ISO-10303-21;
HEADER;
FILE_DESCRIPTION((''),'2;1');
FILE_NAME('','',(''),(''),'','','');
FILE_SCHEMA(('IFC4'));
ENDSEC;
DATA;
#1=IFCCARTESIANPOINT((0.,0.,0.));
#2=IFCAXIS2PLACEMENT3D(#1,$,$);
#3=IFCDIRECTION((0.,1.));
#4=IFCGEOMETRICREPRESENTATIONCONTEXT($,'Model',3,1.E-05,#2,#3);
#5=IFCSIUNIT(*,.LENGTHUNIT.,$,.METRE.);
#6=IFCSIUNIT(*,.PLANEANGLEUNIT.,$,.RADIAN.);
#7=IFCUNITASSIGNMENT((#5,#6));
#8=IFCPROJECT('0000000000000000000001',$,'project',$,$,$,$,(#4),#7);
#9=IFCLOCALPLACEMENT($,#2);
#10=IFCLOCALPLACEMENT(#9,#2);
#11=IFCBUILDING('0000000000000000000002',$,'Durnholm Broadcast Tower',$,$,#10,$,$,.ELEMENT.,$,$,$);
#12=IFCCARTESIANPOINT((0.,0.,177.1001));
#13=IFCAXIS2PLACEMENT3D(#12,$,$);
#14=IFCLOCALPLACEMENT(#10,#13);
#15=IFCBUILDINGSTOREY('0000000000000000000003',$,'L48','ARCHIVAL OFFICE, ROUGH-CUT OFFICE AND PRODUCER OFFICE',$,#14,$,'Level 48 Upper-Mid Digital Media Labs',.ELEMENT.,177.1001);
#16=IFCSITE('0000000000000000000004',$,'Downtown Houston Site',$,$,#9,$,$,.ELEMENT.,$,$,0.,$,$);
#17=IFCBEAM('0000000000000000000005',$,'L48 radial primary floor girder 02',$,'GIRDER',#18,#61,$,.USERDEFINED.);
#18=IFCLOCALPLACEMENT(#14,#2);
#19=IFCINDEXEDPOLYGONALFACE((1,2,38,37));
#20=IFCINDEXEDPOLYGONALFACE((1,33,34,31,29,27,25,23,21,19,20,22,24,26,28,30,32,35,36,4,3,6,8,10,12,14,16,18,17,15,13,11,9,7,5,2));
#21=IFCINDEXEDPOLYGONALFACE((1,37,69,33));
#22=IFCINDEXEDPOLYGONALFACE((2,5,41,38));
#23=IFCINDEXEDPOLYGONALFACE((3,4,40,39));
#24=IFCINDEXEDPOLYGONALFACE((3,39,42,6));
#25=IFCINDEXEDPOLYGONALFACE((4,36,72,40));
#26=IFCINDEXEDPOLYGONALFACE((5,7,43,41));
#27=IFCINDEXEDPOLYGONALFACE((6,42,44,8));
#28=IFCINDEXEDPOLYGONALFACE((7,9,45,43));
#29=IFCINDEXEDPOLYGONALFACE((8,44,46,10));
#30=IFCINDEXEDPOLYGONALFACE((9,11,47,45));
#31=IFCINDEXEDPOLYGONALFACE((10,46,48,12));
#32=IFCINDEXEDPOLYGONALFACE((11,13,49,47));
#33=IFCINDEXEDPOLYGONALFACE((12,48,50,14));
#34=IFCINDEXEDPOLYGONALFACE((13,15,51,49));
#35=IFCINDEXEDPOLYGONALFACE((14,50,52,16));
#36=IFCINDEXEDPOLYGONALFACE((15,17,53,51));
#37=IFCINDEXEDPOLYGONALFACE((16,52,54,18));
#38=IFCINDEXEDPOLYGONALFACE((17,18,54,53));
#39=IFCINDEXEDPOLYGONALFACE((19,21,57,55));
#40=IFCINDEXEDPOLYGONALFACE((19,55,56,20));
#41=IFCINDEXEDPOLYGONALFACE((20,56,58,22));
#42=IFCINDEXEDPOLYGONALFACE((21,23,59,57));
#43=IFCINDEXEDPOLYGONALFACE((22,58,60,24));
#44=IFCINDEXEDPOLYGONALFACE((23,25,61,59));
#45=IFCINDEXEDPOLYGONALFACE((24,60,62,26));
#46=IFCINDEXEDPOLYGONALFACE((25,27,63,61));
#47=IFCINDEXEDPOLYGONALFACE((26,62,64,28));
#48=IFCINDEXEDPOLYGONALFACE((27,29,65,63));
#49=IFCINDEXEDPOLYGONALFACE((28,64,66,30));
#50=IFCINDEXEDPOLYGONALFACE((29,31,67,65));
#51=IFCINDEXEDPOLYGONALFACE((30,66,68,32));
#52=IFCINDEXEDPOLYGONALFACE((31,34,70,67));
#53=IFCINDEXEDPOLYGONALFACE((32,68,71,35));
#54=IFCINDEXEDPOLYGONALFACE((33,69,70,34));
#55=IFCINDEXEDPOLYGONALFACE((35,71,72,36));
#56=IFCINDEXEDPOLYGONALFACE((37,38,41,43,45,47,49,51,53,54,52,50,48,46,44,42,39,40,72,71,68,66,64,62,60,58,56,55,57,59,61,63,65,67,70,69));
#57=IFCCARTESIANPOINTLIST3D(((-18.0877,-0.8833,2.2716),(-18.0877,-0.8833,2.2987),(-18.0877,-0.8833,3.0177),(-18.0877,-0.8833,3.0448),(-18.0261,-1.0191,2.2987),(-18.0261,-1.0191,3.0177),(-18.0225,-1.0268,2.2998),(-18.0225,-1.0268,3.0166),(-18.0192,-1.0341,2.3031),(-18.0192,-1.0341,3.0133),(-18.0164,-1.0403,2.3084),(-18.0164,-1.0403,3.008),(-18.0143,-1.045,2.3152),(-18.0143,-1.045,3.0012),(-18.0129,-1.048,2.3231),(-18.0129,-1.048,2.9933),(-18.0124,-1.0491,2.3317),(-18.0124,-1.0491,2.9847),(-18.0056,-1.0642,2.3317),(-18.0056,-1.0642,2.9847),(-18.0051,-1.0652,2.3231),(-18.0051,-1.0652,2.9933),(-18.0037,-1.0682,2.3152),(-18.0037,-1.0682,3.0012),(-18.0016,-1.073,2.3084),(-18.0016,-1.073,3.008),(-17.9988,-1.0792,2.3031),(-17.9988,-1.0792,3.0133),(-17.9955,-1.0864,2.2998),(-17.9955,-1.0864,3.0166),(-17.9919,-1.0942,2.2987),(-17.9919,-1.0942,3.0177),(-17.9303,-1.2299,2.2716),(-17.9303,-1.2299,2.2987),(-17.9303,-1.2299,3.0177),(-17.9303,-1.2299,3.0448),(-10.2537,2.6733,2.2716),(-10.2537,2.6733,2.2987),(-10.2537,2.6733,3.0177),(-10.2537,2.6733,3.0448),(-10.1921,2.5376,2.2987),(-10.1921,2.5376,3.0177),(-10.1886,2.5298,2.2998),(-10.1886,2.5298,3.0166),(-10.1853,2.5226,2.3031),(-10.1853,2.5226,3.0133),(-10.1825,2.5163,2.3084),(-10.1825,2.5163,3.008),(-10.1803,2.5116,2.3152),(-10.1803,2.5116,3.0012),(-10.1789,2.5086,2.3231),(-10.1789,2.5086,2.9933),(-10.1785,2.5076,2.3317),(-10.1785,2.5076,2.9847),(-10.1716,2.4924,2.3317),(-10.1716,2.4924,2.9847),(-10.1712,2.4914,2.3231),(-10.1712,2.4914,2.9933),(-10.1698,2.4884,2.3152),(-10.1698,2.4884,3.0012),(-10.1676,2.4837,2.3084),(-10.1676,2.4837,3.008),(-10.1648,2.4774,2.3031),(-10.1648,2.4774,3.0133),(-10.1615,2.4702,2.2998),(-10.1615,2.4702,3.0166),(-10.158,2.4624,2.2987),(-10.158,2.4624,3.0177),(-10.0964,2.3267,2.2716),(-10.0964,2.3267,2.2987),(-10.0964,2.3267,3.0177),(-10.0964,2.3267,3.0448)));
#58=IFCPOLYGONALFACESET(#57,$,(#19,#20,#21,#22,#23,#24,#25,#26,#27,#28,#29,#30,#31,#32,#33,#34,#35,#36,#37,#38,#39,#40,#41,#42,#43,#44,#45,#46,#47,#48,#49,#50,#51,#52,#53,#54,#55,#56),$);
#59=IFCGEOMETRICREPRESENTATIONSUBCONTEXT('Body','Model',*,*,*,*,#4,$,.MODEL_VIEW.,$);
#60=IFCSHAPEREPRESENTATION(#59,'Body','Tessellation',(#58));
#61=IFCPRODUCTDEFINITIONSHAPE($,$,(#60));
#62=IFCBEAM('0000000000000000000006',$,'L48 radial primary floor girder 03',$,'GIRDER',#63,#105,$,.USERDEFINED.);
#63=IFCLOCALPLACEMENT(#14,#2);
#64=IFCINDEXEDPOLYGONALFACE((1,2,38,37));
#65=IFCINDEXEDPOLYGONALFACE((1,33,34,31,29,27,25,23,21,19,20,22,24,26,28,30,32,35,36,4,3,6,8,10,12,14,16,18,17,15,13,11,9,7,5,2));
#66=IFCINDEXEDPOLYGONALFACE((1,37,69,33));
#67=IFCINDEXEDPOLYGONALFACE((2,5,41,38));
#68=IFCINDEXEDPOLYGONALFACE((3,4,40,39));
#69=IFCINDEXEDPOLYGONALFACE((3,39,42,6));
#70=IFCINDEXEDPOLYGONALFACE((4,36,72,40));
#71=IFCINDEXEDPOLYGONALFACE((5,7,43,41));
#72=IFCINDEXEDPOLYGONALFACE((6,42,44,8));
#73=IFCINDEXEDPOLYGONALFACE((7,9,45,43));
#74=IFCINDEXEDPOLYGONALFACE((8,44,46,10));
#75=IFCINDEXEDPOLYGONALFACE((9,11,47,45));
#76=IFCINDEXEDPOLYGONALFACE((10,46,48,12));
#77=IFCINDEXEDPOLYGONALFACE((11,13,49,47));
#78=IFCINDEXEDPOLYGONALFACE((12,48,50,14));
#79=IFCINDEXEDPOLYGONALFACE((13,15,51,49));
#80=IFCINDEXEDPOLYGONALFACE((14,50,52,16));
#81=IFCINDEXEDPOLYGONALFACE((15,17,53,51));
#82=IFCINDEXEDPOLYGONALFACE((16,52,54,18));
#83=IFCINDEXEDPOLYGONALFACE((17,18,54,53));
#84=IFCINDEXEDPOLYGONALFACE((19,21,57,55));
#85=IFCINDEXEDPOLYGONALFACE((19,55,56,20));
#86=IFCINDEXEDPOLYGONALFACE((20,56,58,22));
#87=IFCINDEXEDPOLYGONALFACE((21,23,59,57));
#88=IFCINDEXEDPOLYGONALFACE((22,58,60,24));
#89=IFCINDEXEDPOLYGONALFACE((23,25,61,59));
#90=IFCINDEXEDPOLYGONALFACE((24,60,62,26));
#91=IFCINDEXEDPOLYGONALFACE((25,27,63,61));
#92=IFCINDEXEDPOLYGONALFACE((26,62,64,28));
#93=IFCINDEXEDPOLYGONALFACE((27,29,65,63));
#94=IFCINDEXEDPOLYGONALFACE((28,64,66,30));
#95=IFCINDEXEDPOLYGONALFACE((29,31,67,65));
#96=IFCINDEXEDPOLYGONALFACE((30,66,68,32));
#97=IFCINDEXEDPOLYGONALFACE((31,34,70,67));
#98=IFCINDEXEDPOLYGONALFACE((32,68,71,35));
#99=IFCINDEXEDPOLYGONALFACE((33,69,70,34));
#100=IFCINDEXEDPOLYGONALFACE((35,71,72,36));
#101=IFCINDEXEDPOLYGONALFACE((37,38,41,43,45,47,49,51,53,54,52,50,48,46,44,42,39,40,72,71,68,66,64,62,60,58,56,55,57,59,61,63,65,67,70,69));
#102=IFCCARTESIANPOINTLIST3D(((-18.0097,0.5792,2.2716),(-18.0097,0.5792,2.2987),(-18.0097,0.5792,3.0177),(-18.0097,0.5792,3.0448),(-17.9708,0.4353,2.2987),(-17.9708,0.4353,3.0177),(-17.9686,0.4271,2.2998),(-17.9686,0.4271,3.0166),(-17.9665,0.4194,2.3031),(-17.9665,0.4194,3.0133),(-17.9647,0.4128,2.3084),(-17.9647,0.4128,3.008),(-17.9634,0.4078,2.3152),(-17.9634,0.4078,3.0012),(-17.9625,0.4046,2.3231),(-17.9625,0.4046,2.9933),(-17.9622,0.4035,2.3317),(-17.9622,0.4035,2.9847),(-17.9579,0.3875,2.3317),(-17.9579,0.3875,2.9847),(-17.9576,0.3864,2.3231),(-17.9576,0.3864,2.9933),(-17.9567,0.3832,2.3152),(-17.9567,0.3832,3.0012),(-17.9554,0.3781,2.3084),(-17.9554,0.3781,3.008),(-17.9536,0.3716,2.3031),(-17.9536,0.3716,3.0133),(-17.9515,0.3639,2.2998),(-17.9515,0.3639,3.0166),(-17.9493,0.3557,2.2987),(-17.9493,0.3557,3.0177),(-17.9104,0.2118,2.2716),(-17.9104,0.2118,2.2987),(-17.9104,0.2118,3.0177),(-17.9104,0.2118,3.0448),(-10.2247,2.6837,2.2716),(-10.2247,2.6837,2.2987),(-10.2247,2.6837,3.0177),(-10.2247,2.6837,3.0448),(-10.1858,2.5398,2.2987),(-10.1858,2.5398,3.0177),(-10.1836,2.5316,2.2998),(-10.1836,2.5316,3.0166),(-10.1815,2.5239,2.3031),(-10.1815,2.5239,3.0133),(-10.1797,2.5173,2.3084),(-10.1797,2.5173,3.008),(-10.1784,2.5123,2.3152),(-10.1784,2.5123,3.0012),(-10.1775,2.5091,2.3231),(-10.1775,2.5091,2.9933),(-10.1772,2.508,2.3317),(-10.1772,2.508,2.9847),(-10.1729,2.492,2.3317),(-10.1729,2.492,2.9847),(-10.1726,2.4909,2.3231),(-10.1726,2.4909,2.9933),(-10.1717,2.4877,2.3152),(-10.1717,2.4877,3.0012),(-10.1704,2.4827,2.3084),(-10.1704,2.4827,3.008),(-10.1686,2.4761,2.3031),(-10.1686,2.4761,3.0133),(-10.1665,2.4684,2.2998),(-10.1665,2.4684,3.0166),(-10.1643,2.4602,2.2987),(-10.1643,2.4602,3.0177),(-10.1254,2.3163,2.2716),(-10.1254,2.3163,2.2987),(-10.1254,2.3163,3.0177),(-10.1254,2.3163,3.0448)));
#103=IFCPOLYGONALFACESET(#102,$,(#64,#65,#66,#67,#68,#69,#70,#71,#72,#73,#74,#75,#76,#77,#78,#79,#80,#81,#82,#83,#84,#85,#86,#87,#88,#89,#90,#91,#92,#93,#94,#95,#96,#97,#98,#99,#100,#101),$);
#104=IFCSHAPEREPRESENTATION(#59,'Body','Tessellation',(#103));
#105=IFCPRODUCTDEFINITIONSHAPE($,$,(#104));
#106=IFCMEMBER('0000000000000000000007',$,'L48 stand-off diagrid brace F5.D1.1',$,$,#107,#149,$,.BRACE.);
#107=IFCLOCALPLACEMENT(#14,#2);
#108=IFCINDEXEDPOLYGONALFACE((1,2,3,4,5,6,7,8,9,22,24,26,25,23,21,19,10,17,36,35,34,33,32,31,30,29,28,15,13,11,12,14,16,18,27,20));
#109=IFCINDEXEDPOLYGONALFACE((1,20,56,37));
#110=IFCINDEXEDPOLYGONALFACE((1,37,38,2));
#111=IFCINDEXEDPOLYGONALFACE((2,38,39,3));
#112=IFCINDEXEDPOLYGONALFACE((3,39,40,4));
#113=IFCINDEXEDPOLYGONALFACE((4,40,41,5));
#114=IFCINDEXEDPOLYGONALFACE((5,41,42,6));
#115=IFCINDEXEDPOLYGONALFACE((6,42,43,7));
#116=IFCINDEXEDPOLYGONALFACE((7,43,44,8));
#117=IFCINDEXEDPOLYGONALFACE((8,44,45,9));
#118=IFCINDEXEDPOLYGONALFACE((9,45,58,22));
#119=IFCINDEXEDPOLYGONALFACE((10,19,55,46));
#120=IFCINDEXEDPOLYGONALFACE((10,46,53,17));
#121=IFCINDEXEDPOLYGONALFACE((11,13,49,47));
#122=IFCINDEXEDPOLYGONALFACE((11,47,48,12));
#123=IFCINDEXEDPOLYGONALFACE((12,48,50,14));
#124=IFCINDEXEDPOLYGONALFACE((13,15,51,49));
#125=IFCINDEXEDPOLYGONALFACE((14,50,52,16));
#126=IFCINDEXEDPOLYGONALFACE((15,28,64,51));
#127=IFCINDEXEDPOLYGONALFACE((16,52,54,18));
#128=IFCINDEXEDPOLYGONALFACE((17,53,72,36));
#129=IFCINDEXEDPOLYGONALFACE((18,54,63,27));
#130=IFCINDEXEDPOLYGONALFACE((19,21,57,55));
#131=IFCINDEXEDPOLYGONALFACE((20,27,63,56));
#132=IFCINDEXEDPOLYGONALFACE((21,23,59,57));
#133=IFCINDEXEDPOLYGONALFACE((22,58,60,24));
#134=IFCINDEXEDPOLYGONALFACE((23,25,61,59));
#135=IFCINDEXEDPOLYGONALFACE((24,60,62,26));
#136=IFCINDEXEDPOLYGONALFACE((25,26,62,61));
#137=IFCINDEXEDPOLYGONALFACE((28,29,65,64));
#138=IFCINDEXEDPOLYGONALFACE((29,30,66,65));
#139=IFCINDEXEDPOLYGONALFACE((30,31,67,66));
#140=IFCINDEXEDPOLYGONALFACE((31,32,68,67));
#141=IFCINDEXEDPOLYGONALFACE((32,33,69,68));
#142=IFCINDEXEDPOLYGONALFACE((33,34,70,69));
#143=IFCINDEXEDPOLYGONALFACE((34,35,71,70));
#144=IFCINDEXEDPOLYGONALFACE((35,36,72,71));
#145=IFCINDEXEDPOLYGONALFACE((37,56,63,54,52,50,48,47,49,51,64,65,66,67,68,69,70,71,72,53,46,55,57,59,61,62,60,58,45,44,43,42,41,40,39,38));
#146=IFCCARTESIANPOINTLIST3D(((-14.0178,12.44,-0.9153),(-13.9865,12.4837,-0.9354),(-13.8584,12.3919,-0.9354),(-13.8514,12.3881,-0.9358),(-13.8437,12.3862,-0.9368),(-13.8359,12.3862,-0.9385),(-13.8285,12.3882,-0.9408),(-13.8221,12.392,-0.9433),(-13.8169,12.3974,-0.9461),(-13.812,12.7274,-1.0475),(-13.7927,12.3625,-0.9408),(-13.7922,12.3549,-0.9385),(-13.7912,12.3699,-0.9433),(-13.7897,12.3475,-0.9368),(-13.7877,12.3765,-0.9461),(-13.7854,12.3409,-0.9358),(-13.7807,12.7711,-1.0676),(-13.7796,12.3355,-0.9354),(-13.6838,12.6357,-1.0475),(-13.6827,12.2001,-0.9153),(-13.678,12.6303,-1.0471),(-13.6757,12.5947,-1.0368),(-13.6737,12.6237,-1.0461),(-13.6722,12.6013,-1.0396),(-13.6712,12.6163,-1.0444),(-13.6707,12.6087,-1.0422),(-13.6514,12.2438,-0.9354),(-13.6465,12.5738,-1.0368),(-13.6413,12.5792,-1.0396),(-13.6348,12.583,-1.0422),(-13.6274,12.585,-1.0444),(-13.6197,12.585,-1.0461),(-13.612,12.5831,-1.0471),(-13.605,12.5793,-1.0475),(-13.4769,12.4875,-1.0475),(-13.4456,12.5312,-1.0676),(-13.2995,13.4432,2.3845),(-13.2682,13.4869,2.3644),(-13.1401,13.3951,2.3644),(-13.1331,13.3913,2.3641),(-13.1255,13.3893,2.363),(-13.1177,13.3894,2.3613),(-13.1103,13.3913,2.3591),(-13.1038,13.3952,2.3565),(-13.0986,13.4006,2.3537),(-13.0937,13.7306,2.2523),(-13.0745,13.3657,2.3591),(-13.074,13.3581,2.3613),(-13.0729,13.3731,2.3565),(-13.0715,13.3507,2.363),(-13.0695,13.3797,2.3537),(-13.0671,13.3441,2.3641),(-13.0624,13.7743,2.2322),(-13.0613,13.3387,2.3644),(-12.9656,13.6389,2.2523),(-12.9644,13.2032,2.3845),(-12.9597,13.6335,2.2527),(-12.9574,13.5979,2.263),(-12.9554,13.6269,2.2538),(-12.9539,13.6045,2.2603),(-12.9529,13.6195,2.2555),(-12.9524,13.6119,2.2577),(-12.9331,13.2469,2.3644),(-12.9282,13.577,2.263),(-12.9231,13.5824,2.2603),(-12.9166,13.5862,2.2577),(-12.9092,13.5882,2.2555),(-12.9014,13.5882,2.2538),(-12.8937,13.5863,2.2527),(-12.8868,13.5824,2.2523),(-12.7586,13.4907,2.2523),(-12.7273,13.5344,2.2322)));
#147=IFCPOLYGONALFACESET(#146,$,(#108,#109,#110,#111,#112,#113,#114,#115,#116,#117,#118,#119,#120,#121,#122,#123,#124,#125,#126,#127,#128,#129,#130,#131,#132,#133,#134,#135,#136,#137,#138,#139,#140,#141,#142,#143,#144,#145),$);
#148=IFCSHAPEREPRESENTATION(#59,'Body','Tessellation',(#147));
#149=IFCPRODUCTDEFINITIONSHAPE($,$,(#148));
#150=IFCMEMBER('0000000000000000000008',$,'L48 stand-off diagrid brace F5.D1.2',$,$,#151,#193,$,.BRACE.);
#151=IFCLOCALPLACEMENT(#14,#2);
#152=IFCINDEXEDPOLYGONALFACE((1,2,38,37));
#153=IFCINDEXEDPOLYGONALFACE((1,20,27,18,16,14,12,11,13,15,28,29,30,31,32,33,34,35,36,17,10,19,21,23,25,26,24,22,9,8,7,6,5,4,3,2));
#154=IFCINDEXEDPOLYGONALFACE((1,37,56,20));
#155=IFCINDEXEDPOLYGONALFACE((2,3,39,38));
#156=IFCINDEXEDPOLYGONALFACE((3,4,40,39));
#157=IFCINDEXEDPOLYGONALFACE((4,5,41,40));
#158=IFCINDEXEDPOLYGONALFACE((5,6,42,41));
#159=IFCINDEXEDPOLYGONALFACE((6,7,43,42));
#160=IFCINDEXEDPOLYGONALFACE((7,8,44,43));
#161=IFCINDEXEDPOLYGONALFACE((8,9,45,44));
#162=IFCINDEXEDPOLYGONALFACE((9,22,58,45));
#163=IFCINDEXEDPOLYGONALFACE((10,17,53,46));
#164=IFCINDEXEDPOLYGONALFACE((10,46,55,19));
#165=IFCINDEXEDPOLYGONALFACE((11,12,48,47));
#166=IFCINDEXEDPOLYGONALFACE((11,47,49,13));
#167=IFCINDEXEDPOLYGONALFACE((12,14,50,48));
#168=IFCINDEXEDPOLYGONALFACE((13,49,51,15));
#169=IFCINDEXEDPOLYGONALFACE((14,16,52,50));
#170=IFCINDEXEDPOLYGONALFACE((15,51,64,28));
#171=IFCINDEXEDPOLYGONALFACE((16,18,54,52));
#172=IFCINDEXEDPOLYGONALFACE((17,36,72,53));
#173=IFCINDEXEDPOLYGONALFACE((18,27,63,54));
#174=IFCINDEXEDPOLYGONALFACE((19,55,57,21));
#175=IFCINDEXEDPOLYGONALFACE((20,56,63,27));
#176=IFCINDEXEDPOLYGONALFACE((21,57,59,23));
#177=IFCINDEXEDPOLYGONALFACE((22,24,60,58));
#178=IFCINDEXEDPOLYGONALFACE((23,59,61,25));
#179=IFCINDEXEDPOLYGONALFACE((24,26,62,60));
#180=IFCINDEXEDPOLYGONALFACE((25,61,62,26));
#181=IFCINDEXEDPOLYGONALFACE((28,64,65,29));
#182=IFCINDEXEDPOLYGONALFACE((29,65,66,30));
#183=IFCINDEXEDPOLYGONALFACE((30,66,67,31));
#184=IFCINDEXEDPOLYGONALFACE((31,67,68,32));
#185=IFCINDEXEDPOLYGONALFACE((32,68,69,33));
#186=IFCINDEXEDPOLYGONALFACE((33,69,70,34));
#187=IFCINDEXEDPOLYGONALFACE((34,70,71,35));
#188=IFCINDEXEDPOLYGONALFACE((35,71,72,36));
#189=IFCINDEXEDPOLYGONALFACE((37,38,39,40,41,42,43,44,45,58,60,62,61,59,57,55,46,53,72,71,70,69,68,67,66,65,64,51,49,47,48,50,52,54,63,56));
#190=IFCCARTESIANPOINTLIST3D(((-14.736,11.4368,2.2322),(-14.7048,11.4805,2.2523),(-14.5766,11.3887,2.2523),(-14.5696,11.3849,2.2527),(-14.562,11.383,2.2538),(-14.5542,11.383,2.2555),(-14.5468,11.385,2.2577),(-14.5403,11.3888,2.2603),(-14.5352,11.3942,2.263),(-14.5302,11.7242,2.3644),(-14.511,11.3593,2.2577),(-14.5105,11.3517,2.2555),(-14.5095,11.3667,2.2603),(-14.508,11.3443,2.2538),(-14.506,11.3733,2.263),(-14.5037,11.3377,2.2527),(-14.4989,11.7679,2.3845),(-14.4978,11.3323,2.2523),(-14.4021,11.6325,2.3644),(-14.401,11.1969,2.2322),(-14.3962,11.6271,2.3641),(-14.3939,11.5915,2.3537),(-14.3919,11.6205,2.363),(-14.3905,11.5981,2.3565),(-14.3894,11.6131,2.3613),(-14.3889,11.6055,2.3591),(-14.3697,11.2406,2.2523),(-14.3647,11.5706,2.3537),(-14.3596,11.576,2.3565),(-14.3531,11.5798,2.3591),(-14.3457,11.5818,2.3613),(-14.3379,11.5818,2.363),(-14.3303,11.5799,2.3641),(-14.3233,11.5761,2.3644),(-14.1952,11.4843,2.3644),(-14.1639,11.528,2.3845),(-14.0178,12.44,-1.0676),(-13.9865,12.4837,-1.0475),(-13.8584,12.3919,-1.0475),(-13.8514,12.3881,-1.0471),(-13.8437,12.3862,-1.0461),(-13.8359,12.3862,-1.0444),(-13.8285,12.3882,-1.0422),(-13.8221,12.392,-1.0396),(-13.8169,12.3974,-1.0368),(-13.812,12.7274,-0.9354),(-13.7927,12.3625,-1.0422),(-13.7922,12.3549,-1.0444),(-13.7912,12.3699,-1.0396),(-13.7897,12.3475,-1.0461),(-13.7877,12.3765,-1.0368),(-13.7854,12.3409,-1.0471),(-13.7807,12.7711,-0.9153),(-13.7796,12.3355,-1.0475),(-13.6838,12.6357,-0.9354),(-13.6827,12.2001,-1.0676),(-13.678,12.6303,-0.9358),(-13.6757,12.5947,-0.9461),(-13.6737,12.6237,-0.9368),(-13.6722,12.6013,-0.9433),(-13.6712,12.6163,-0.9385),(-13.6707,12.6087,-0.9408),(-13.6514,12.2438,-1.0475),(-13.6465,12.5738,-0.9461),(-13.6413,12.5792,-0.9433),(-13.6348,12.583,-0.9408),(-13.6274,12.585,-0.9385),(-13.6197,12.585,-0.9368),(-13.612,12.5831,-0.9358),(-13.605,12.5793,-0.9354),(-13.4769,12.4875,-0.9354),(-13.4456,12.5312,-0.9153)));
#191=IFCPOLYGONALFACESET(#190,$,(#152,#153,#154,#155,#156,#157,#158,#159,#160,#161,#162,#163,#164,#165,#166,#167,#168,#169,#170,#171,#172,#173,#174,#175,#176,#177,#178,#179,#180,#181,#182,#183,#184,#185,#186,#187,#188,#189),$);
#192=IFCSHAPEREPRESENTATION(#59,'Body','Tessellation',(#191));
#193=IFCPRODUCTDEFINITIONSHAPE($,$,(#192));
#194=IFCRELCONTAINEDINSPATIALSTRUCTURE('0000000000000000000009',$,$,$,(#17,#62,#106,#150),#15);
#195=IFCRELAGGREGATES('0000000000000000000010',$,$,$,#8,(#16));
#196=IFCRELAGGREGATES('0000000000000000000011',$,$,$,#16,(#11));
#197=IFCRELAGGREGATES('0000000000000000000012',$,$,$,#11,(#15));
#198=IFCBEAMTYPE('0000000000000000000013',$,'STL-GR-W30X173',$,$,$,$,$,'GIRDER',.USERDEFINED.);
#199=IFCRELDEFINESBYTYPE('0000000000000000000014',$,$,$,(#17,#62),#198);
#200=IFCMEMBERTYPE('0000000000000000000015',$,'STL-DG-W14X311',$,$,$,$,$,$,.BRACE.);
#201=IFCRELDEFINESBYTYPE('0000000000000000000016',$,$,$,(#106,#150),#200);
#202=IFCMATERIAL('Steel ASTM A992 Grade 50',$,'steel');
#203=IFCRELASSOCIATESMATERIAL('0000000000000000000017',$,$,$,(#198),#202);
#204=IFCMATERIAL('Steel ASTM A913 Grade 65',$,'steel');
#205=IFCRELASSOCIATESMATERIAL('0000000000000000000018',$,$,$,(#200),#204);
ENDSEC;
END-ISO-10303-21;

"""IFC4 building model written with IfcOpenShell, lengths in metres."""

from ifc_helpers import new_model, si_unit, direction, frame, origin, origin_2d, place, context, subcontext, project, spatial, i_section, extrude, source, transform, mapped, material, material_profile, profile_set, type_object, type_shapes, element, save


model = new_model("IFC4")

# Units and contexts
model_context = context("Model", 3, precision=1e-05, world=origin(), true_north=direction((0.0, 1.0)))
body_context = subcontext(model_context, "Body", "Model", "MODEL_VIEW")
ifc_project = project(units=[si_unit("LENGTHUNIT", "METRE"), si_unit("PLANEANGLEUNIT", "RADIAN")], contexts=[model_context])

# Site, building, storey
site_placement = place(None, origin())
site = spatial("IfcSite", under=ifc_project, at=site_placement, Name="Downtown Houston Site", CompositionType="ELEMENT", RefElevation=0.0)
building_placement = place(site_placement, origin())
building = spatial("IfcBuilding", under=site, at=building_placement, Name="Durnholm Broadcast Tower", CompositionType="ELEMENT")
storey_placement = place(building_placement, frame((0.0, 0.0, 177.1001)))
storey = spatial("IfcBuildingStorey", under=building, at=storey_placement, Name="L48", Description="ARCHIVAL OFFICE, ROUGH-CUT OFFICE AND PRODUCER OFFICE", LongName="Level 48 Upper-Mid Digital Media Labs", CompositionType="ELEMENT", Elevation=177.1001)

# Beams
ifc_material_1 = material(Name="Steel ASTM A992 Grade 50", Category="steel")
ifc_material_profile_1 = material_profile(ifc_material_1, i_section(OverallWidth=0.3806, OverallDepth=0.7732, WebThickness=0.0166, FlangeThickness=0.0271, FilletRadius=0.033, at=origin_2d()), Name="W30X173")
ifc_profile_set_1 = profile_set([ifc_material_profile_1], Name="Steel ASTM A992 Grade 50")
beam_type_1 = type_object("IfcBeamType", Name="STL-GR-W30X173", ElementType="GIRDER", PredefinedType="USERDEFINED", material=ifc_profile_set_1)
shared_shape_1 = source(origin(), body_context, "Body", "SweptSolid", [
    extrude(i_section(OverallWidth=0.3806, OverallDepth=0.7732, WebThickness=0.0166, FlangeThickness=0.0271, FilletRadius=0.033, at=origin_2d()), origin(), (0.0, 0.0, 1.0), 8.6035),
])
beam_1_placement = place(storey_placement, frame((-10.175, 2.5, 2.6582), z_axis=(-0.910553, -0.413392, 0.0), x_axis=(0.413392, -0.910553, 0.0)))
element("IfcBeam", 1, at=beam_1_placement, inside=storey, type_object=beam_type_1, Name="L48 radial primary floor girder 02", ObjectType="GIRDER", PredefinedType="USERDEFINED", context=body_context, shape_type="MappedRepresentation", body=[
    mapped(shared_shape_1, transform((0.0, 0.0, 0.0), x_axis=(1.0, 0.0, 0.0), y_axis=(0.0, 1.0, 0.0), z_axis=(0.0, 0.0, 1.0), scale=1.0)),
])
shared_shape_2 = source(origin(), body_context, "Body", "SweptSolid", [
    extrude(i_section(OverallWidth=0.3806, OverallDepth=0.7732, WebThickness=0.0166, FlangeThickness=0.0271, FilletRadius=0.033, at=origin_2d()), origin(), (0.0, 0.0, 1.0), 8.0645),
])
type_shapes(beam_type_1, [shared_shape_1, shared_shape_2])
beam_2_placement = place(storey_placement, frame((-10.175, 2.5, 2.6582), z_axis=(-0.965349, -0.260962, 0.0), x_axis=(0.260962, -0.965349, 0.0)))
element("IfcBeam", 2, at=beam_2_placement, inside=storey, type_object=beam_type_1, Name="L48 radial primary floor girder 03", ObjectType="GIRDER", PredefinedType="USERDEFINED", context=body_context, shape_type="MappedRepresentation", body=[
    mapped(shared_shape_2, transform((0.0, 0.0, 0.0), x_axis=(1.0, 0.0, 0.0), y_axis=(0.0, 1.0, 0.0), z_axis=(0.0, 0.0, 1.0), scale=1.0)),
])

# Members
ifc_material_2 = material(Name="Steel ASTM A913 Grade 65", Category="steel")
ifc_material_profile_2 = material_profile(ifc_material_2, i_section(OverallWidth=0.4121, OverallDepth=0.4348, WebThickness=0.0359, FlangeThickness=0.0574, FilletRadius=0.0305, at=origin_2d()), Name="W14X311")
ifc_profile_set_2 = profile_set([ifc_material_profile_2], Name="Steel ASTM A913 Grade 65")
member_type_1 = type_object("IfcMemberType", Name="STL-DG-W14X311", PredefinedType="BRACE", material=ifc_profile_set_2)
shared_shape_3 = source(origin(), body_context, "Body", "SweptSolid", [
    extrude(i_section(OverallWidth=0.4121, OverallDepth=0.4348, WebThickness=0.0359, FlangeThickness=0.0574, FilletRadius=0.0305, at=origin_2d()), origin(), (0.0, 0.0, 1.0), 3.5229),
])
type_shapes(member_type_1, [shared_shape_3])
for number, where, z_axis, x_axis, name in (
    (3, (-13.7317, 12.4856, -0.9915), (0.203882, 0.284756, 0.936667), (-0.813078, 0.582155, 0.0), "L48 stand-off diagrid brace F5.D1.1"),
    (4, (-13.7317, 12.4856, -0.9915), (-0.203882, -0.284756, 0.936667), (0.813078, -0.582155, 0.0), "L48 stand-off diagrid brace F5.D1.2"),
):
    element("IfcMember", number, at=place(storey_placement, frame(where, z_axis=z_axis, x_axis=x_axis)), inside=storey, type_object=member_type_1, Name=name, PredefinedType="BRACE", context=body_context, shape_type="MappedRepresentation", body=[
        mapped(shared_shape_3, transform((0.0, 0.0, 0.0), x_axis=(1.0, 0.0, 0.0), y_axis=(0.0, 1.0, 0.0), z_axis=(0.0, 0.0, 1.0), scale=1.0)),
    ])

save(model, "model.ifc")
